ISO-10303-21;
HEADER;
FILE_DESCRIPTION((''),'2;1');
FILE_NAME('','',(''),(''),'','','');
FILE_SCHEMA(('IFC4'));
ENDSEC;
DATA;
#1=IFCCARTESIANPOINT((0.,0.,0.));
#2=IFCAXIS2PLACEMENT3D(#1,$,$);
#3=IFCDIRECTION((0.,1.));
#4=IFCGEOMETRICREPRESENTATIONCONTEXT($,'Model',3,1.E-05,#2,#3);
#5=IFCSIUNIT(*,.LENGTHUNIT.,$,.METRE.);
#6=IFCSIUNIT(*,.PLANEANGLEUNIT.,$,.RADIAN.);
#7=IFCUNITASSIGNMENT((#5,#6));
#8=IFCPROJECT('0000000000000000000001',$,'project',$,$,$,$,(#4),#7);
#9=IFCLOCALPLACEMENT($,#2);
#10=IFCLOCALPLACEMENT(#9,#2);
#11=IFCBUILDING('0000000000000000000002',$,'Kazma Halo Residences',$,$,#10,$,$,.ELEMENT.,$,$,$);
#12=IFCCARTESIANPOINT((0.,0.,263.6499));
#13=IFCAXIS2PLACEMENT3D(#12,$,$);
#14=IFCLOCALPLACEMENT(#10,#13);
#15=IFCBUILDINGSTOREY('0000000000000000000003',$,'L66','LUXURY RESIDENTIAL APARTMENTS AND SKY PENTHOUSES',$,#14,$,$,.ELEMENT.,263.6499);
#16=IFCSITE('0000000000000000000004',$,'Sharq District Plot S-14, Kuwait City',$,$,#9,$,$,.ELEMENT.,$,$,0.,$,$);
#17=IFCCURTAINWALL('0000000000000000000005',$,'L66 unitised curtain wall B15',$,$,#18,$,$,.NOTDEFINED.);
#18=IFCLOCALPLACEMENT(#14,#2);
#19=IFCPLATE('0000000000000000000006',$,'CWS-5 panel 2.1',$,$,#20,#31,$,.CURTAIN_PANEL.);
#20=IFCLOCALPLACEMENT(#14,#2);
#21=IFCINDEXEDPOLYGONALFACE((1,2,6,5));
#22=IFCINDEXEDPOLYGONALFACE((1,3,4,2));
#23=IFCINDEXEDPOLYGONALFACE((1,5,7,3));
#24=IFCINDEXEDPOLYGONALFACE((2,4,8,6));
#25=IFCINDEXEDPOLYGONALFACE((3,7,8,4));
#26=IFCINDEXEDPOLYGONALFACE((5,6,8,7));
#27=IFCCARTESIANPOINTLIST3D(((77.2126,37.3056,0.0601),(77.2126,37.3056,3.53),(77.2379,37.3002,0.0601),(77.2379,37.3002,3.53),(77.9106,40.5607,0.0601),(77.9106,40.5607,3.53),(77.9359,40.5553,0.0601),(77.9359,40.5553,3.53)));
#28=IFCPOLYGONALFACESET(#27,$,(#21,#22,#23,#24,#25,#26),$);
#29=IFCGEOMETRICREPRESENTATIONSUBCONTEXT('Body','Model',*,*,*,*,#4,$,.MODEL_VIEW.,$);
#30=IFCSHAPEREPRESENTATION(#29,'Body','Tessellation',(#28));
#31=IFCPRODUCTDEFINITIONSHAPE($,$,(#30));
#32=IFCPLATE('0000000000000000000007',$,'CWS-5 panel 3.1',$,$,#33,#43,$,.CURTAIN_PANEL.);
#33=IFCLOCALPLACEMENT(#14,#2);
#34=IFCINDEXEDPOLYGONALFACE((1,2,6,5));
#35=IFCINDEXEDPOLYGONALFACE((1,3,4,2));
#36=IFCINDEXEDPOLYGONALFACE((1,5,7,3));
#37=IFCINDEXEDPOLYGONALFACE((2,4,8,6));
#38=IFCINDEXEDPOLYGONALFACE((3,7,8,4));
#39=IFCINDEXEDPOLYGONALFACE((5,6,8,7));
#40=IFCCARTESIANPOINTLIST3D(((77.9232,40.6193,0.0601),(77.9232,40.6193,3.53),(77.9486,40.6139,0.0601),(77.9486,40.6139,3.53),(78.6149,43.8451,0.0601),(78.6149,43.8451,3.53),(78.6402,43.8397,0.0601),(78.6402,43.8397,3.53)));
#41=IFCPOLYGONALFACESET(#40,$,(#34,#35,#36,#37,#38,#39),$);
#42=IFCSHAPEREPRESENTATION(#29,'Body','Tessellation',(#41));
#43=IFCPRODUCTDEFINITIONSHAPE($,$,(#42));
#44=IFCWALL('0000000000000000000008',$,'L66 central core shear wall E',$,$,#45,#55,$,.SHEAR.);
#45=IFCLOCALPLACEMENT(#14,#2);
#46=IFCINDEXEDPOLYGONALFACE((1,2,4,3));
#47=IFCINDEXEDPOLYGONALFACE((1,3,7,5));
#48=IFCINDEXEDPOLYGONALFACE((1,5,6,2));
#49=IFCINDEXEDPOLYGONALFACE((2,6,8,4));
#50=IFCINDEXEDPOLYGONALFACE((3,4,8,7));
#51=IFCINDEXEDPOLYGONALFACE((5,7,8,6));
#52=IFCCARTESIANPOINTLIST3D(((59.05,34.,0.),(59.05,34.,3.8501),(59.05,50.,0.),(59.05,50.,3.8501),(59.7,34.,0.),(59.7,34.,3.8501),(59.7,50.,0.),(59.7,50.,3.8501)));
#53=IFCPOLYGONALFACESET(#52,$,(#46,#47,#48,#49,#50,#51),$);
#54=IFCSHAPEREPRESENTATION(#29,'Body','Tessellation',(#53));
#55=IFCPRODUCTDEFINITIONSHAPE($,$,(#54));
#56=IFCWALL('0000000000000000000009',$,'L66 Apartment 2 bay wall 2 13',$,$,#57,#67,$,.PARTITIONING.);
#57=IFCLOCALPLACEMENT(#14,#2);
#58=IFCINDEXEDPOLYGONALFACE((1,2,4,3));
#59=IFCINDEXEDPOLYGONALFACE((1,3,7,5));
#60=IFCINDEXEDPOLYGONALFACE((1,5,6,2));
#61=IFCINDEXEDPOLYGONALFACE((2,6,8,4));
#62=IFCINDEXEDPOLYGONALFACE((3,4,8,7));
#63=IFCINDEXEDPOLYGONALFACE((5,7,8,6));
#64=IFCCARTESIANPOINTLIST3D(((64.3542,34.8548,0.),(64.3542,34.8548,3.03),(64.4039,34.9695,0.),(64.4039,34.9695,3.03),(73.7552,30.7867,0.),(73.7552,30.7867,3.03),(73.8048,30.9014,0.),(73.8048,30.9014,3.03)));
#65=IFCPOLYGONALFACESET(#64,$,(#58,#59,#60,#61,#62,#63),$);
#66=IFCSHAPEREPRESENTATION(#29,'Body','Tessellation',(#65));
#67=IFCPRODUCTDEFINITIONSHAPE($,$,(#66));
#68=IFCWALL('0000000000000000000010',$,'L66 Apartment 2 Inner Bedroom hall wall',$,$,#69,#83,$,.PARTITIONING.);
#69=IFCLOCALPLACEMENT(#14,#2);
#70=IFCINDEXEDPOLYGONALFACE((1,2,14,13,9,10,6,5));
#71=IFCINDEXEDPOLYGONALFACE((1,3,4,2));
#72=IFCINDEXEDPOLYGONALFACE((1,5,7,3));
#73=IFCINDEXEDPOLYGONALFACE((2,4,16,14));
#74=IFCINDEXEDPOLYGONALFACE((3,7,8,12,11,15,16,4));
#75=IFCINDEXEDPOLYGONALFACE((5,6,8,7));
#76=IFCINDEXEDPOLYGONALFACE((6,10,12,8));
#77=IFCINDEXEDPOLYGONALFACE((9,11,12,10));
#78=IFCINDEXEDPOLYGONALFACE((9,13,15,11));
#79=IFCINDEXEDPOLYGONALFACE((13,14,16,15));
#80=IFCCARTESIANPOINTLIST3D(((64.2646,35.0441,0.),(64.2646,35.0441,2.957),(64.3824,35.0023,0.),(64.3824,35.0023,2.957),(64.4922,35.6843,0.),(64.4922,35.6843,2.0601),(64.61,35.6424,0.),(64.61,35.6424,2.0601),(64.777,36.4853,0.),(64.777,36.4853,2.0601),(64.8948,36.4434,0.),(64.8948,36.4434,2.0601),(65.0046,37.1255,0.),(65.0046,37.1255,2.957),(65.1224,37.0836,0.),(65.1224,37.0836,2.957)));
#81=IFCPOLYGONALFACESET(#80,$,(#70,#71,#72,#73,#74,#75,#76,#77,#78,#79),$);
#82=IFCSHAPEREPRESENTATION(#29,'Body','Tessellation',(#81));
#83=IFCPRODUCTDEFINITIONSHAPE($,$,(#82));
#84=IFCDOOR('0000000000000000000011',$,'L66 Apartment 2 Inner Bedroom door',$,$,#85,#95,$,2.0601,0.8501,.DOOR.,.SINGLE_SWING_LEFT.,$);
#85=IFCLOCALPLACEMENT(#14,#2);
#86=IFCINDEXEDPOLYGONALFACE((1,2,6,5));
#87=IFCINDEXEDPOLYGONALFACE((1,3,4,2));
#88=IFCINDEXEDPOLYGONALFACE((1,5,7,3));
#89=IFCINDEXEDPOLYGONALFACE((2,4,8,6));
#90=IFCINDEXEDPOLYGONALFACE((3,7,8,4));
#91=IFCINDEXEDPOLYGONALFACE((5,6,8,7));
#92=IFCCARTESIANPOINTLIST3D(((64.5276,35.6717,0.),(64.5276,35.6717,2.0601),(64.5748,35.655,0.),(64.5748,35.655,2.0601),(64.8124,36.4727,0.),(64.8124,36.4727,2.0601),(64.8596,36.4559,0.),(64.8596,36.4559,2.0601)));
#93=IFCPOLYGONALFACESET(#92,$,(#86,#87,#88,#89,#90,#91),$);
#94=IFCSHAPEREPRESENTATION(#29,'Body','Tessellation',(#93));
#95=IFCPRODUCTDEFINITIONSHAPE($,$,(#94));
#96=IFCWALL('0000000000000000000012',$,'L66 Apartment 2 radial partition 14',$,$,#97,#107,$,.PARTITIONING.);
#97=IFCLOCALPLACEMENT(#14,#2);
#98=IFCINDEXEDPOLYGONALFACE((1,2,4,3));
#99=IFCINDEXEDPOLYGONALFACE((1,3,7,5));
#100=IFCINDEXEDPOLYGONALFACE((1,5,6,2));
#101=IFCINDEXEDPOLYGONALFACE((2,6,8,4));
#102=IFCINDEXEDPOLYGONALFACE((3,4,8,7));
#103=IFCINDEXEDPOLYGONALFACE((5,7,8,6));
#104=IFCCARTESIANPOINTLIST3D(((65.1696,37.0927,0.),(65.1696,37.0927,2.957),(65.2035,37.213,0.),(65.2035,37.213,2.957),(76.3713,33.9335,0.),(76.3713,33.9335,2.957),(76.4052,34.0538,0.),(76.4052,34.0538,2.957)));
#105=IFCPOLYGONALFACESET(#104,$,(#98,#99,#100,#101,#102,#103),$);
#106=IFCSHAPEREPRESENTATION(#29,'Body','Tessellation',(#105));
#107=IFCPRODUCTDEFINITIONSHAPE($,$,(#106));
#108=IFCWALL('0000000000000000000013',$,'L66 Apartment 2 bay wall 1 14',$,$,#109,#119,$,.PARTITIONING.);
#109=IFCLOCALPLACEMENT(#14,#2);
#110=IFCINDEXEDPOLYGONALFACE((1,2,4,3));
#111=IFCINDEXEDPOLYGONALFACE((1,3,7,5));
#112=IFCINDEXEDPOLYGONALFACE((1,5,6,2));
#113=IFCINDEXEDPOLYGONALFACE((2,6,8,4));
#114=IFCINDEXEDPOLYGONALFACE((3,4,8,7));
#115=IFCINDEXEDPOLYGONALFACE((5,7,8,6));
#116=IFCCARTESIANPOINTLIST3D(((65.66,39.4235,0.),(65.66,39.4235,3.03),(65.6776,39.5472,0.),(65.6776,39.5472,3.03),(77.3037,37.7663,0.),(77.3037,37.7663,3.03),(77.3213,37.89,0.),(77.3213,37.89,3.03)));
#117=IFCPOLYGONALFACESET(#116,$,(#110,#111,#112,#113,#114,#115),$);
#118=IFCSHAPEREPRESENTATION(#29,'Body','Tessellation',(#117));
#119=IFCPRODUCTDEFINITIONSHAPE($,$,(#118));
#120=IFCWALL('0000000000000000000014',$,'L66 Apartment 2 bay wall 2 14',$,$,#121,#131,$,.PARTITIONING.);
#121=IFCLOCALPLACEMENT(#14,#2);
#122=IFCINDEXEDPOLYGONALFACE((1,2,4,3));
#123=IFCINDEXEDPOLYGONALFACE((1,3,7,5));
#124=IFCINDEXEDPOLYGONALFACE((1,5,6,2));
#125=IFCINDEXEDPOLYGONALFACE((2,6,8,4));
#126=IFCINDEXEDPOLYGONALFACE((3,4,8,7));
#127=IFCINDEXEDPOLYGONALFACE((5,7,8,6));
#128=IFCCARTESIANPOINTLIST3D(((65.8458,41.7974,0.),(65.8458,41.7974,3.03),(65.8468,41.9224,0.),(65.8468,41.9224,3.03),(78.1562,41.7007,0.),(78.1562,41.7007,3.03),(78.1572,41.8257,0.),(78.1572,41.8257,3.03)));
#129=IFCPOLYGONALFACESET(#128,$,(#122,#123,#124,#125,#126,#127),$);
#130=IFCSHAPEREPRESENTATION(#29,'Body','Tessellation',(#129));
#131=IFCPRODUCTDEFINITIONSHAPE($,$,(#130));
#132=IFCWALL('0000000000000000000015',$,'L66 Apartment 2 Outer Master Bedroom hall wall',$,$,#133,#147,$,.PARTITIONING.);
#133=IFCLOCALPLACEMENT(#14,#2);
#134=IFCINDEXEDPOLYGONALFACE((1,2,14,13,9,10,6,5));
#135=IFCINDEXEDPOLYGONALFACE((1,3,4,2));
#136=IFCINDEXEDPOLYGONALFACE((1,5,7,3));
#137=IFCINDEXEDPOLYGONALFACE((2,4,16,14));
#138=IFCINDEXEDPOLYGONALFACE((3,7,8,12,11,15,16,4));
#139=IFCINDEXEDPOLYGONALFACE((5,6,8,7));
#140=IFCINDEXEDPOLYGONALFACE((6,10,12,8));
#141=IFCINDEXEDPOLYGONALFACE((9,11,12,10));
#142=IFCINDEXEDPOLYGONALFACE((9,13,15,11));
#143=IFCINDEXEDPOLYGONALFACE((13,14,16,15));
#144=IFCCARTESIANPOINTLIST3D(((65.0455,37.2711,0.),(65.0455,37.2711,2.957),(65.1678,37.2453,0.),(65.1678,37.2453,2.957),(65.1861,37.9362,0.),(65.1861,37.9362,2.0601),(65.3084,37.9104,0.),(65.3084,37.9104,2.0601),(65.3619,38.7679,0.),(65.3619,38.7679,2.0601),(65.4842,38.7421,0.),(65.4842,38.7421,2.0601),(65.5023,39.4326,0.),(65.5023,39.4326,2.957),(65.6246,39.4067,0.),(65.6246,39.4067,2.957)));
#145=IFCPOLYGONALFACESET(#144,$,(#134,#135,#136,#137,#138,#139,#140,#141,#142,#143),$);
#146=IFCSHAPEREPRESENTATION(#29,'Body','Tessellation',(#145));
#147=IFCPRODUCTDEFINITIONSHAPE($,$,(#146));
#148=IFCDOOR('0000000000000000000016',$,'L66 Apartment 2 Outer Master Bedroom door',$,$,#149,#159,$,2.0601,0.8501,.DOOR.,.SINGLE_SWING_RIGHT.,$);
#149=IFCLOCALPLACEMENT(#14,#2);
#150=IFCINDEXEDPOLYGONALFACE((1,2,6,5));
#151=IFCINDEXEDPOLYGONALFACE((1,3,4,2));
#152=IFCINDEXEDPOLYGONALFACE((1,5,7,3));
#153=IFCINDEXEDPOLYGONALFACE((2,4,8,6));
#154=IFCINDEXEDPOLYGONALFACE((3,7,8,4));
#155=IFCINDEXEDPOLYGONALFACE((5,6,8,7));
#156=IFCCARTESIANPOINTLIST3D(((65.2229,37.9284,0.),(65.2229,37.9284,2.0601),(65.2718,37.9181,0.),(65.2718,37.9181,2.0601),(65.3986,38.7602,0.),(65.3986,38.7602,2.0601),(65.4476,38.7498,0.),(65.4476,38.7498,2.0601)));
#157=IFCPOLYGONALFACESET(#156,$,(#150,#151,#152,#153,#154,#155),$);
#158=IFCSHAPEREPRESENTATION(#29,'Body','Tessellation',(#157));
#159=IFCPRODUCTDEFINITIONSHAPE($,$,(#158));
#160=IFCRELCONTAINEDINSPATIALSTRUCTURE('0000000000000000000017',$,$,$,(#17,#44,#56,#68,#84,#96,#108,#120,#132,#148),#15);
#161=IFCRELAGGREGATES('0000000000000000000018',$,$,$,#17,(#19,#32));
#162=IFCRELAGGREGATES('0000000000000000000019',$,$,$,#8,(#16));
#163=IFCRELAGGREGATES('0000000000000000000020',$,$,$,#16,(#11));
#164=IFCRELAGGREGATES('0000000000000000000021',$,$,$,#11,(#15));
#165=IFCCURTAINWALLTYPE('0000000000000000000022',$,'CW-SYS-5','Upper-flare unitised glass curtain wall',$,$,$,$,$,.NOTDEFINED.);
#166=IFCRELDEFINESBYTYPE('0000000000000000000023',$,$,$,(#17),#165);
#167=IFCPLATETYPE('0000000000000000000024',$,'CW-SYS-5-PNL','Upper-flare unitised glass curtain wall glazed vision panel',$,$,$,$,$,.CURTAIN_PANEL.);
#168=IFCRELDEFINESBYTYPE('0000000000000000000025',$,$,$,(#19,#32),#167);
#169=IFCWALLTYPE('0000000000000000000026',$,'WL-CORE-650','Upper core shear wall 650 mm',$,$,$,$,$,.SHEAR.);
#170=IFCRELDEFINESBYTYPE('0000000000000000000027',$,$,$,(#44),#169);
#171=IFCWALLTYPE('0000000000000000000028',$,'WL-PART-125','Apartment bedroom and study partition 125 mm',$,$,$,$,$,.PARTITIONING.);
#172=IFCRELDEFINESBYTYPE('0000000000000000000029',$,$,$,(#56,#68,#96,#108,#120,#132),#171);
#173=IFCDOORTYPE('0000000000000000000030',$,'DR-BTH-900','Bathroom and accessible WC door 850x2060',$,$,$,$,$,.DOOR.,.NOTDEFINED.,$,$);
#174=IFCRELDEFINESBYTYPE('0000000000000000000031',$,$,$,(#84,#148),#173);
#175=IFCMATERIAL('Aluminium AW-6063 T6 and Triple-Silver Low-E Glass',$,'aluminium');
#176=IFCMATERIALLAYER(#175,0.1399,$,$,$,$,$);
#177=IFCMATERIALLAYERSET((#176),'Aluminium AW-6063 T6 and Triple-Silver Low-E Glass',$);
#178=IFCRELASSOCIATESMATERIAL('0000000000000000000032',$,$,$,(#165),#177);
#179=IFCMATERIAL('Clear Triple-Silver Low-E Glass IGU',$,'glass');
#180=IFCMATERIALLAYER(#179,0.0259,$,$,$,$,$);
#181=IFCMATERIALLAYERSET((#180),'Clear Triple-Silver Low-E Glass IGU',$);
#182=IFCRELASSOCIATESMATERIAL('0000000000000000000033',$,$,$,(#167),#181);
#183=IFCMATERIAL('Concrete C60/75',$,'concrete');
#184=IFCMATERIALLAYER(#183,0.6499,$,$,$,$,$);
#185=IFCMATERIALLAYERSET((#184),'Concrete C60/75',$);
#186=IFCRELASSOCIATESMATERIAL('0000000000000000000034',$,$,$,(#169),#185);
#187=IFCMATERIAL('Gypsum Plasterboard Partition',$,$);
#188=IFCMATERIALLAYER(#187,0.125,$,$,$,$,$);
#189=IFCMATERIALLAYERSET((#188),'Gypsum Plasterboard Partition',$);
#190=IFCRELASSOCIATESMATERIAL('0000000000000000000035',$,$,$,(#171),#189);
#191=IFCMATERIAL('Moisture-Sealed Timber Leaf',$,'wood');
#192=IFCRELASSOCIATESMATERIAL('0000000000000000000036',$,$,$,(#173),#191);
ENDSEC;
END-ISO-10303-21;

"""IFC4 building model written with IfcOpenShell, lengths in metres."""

from ifc_helpers import new_model, si_unit, direction, frame, frame_2d, origin, origin_2d, place, context, subcontext, project, spatial, rectangle, extrude, material, layer, layer_set, type_object, element, fill, aggregate, save


model = new_model("IFC4")

# Units and contexts
model_context = context("Model", 3, precision=1e-05, world=origin(), true_north=direction((0.0, 1.0)))
body_context = subcontext(model_context, "Body", "Model", "MODEL_VIEW")
ifc_project = project(units=[si_unit("LENGTHUNIT", "METRE"), si_unit("PLANEANGLEUNIT", "RADIAN")], contexts=[model_context])

# Site, building, storey
site_placement = place(None, origin())
site = spatial("IfcSite", under=ifc_project, at=site_placement, Name="Sharq District Plot S-14, Kuwait City", CompositionType="ELEMENT", RefElevation=0.0)
building_placement = place(site_placement, origin())
building = spatial("IfcBuilding", under=site, at=building_placement, Name="Kazma Halo Residences", CompositionType="ELEMENT")
storey_placement = place(building_placement, frame((0.0, 0.0, 263.6499)))
storey = spatial("IfcBuildingStorey", under=building, at=storey_placement, Name="L66", Description="LUXURY RESIDENTIAL APARTMENTS AND SKY PENTHOUSES", CompositionType="ELEMENT", Elevation=263.6499)

# Shared definitions
ifc_material_1 = material(Name="Concrete C60/75", Category="concrete")

# Curtain wall, plates
ifc_material_2 = material(Name="Aluminium AW-6063 T6 and Triple-Silver Low-E Glass", Category="aluminium")
ifc_layer_1 = layer(ifc_material_2, 0.1399)
ifc_layer_set_1 = layer_set([ifc_layer_1], Name="Aluminium AW-6063 T6 and Triple-Silver Low-E Glass")
curtain_wall_type = type_object("IfcCurtainWallType", Name="CW-SYS-5", Description="Upper-flare unitised glass curtain wall", PredefinedType="NOTDEFINED", material=ifc_layer_set_1)
curtain_wall_placement = place(storey_placement, origin())
curtain_wall = element("IfcCurtainWall", 1, at=curtain_wall_placement, inside=storey, type_object=curtain_wall_type, Name="L66 unitised curtain wall B15", PredefinedType="NOTDEFINED")
ifc_material_3 = material(Name="Clear Triple-Silver Low-E Glass IGU", Category="glass")
ifc_layer_2 = layer(ifc_material_3, 0.0259)
ifc_layer_set_2 = layer_set([ifc_layer_2], Name="Clear Triple-Silver Low-E Glass IGU")
plate_type = type_object("IfcPlateType", Name="CW-SYS-5-PNL", Description="Upper-flare unitised glass curtain wall glazed vision panel", PredefinedType="CURTAIN_PANEL", material=ifc_layer_set_2)
plate_1_placement = place(storey_placement, frame((77.5742, 38.9304, 0.0601), z_axis=(0.0, 0.0, 1.0), x_axis=(0.209657, 0.977775, 0.0)))
plate_1 = element("IfcPlate", 2, at=plate_1_placement, type_object=plate_type, Name="CWS-5 panel 2.1", PredefinedType="CURTAIN_PANEL", context=body_context, shape_type="SweptSolid", body=[
    extrude(rectangle(XDim=3.3291, YDim=0.0259, at=origin_2d()), origin(), (0.0, 0.0, 1.0), 3.47),
])
plate_2_placement = place(storey_placement, frame((78.2817, 42.2295, 0.0601), z_axis=(0.0, 0.0, 1.0), x_axis=(0.209657, 0.977775, 0.0)))
plate_2 = element("IfcPlate", 3, at=plate_2_placement, type_object=plate_type, Name="CWS-5 panel 3.1", PredefinedType="CURTAIN_PANEL", context=body_context, shape_type="SweptSolid", body=[
    extrude(rectangle(XDim=3.2991, YDim=0.0259, at=origin_2d()), origin(), (0.0, 0.0, 1.0), 3.47),
])
aggregate(curtain_wall, [plate_1, plate_2])

# Walls
ifc_layer_3 = layer(ifc_material_1, 0.6499)
ifc_layer_set_3 = layer_set([ifc_layer_3], Name="Concrete C60/75")
wall_type_1 = type_object("IfcWallType", Name="WL-CORE-650", Description="Upper core shear wall 650 mm", PredefinedType="SHEAR", material=ifc_layer_set_3)
wall_1_placement = place(storey_placement, frame((59.375, 34.0, 0.0), z_axis=(0.0, 0.0, 1.0), x_axis=(0.0, 1.0, 0.0)))
element("IfcWall", 4, at=wall_1_placement, inside=storey, type_object=wall_type_1, Name="L66 central core shear wall E", PredefinedType="SHEAR", context=body_context, shape_type="SweptSolid", body=[
    extrude(rectangle(XDim=16.0, YDim=0.6499, at=frame_2d((8.0, 0.0))), origin(), (0.0, 0.0, 1.0), 3.8501),
])
ifc_material_4 = material(Name="Gypsum Plasterboard Partition")
ifc_layer_4 = layer(ifc_material_4, 0.125)
ifc_layer_set_4 = layer_set([ifc_layer_4], Name="Gypsum Plasterboard Partition")
wall_type_2 = type_object("IfcWallType", Name="WL-PART-125", Description="Apartment bedroom and study partition 125 mm", PredefinedType="PARTITIONING", material=ifc_layer_set_4)
wall_2_placement = place(storey_placement, frame((64.3792, 34.9121, 0.0), z_axis=(0.0, 0.0, 1.0), x_axis=(0.917755, -0.397147, 0.0)))
element("IfcWall", 5, at=wall_2_placement, inside=storey, type_object=wall_type_2, Name="L66 Apartment 2 bay wall 2 13", PredefinedType="PARTITIONING", context=body_context, shape_type="SweptSolid", body=[
    extrude(rectangle(XDim=10.2434, YDim=0.125, at=frame_2d((5.1216, 0.0))), origin(), (0.0, 0.0, 1.0), 3.03),
])

# Wall, opening, door
wall_3_placement = place(storey_placement, frame((64.3235, 35.0232, 0.0), z_axis=(0.0, 0.0, 1.0), x_axis=(0.334999, 0.942219, 0.0)))
wall_3 = element("IfcWall", 6, at=wall_3_placement, inside=storey, type_object=wall_type_2, Name="L66 Apartment 2 Inner Bedroom hall wall", PredefinedType="PARTITIONING", context=body_context, shape_type="SweptSolid", body=[
    extrude(rectangle(XDim=2.209, YDim=0.125, at=frame_2d((1.1045, 0.0))), origin(), (0.0, 0.0, 1.0), 2.957),
])
opening_1_placement = place(wall_3_placement, frame((0.6794, 0.0, 0.0)))
opening_1 = element("IfcOpeningElement", 7, at=opening_1_placement, cuts=wall_3, PredefinedType="OPENING", context=body_context, shape_type="SweptSolid", body=[
    extrude(rectangle(XDim=0.8501, YDim=2.0601, at=frame_2d((0.425, 1.03))), frame((0.0, 0.0725, 0.0), z_axis=(0.0, -1.0, 0.0), x_axis=(1.0, 0.0, 0.0)), (0.0, 0.0, 1.0), 0.145),
])
ifc_material_5 = material(Name="Moisture-Sealed Timber Leaf", Category="wood")
door_type = type_object("IfcDoorType", Name="DR-BTH-900", Description="Bathroom and accessible WC door 850x2060", OperationType="NOTDEFINED", PredefinedType="DOOR", material=ifc_material_5)
door_1_placement = place(opening_1_placement, origin())
door_1 = element("IfcDoor", 8, at=door_1_placement, inside=storey, type_object=door_type, Name="L66 Apartment 2 Inner Bedroom door", OperationType="SINGLE_SWING_LEFT", OverallHeight=2.0601, OverallWidth=0.8501, PredefinedType="DOOR", context=body_context, shape_type="SweptSolid", body=[
    extrude(rectangle(XDim=0.8501, YDim=2.0601, at=frame_2d((0.425, 1.03))), frame((0.0, 0.0249, 0.0), z_axis=(0.0, -1.0, 0.0), x_axis=(1.0, 0.0, 0.0)), (0.0, 0.0, 1.0), 0.05),
])
fill(opening_1, door_1)

# Walls
wall_4_placement = place(storey_placement, frame((65.1865, 37.1528, 0.0), z_axis=(0.0, 0.0, 1.0), x_axis=(0.962456, -0.271439, 0.0)))
element("IfcWall", 9, at=wall_4_placement, inside=storey, type_object=wall_type_2, Name="L66 Apartment 2 radial partition 14", PredefinedType="PARTITIONING", context=body_context, shape_type="SweptSolid", body=[
    extrude(rectangle(XDim=11.6387, YDim=0.125, at=frame_2d((5.8193, 0.0))), origin(), (0.0, 0.0, 1.0), 2.957),
])
wall_5_placement = place(storey_placement, frame((65.6689, 39.4854, 0.0), z_axis=(0.0, 0.0, 1.0), x_axis=(0.990022, -0.14091, 0.0)))
element("IfcWall", 10, at=wall_5_placement, inside=storey, type_object=wall_type_2, Name="L66 Apartment 2 bay wall 1 14", PredefinedType="PARTITIONING", context=body_context, shape_type="SweptSolid", body=[
    extrude(rectangle(XDim=11.761, YDim=0.125, at=frame_2d((5.8804, 0.0))), origin(), (0.0, 0.0, 1.0), 3.03),
])
wall_6_placement = place(storey_placement, frame((65.8464, 41.8599, 0.0), z_axis=(0.0, 0.0, 1.0), x_axis=(0.999969, -0.007853, 0.0)))
element("IfcWall", 11, at=wall_6_placement, inside=storey, type_object=wall_type_2, Name="L66 Apartment 2 bay wall 2 14", PredefinedType="PARTITIONING", context=body_context, shape_type="SweptSolid", body=[
    extrude(rectangle(XDim=12.3108, YDim=0.125, at=frame_2d((6.1553, 0.0))), origin(), (0.0, 0.0, 1.0), 3.03),
])

# Wall, opening, door
wall_7_placement = place(storey_placement, frame((65.1067, 37.2583, 0.0), z_axis=(0.0, 0.0, 1.0), x_axis=(0.206773, 0.978389, 0.0)))
wall_7 = element("IfcWall", 12, at=wall_7_placement, inside=storey, type_object=wall_type_2, Name="L66 Apartment 2 Outer Master Bedroom hall wall", PredefinedType="PARTITIONING", context=body_context, shape_type="SweptSolid", body=[
    extrude(rectangle(XDim=2.2092, YDim=0.125, at=frame_2d((1.1045, 0.0))), origin(), (0.0, 0.0, 1.0), 2.957),
])
opening_2_placement = place(wall_7_placement, frame((0.6797, 0.0, 0.0)))
opening_2 = element("IfcOpeningElement", 13, at=opening_2_placement, cuts=wall_7, PredefinedType="OPENING", context=body_context, shape_type="SweptSolid", body=[
    extrude(rectangle(XDim=0.8501, YDim=2.0601, at=frame_2d((0.425, 1.03))), frame((0.0, 0.0725, 0.0), z_axis=(0.0, -1.0, 0.0), x_axis=(1.0, 0.0, 0.0)), (0.0, 0.0, 1.0), 0.145),
])
door_2_placement = place(opening_2_placement, origin())
door_2 = element("IfcDoor", 14, at=door_2_placement, inside=storey, type_object=door_type, Name="L66 Apartment 2 Outer Master Bedroom door", OperationType="SINGLE_SWING_RIGHT", OverallHeight=2.0601, OverallWidth=0.8501, PredefinedType="DOOR", context=body_context, shape_type="SweptSolid", body=[
    extrude(rectangle(XDim=0.8501, YDim=2.0601, at=frame_2d((0.425, 1.03))), frame((0.0, 0.0249, 0.0), z_axis=(0.0, -1.0, 0.0), x_axis=(1.0, 0.0, 0.0)), (0.0, 0.0, 1.0), 0.05),
])
fill(opening_2, door_2)

save(model, "model.ifc")
